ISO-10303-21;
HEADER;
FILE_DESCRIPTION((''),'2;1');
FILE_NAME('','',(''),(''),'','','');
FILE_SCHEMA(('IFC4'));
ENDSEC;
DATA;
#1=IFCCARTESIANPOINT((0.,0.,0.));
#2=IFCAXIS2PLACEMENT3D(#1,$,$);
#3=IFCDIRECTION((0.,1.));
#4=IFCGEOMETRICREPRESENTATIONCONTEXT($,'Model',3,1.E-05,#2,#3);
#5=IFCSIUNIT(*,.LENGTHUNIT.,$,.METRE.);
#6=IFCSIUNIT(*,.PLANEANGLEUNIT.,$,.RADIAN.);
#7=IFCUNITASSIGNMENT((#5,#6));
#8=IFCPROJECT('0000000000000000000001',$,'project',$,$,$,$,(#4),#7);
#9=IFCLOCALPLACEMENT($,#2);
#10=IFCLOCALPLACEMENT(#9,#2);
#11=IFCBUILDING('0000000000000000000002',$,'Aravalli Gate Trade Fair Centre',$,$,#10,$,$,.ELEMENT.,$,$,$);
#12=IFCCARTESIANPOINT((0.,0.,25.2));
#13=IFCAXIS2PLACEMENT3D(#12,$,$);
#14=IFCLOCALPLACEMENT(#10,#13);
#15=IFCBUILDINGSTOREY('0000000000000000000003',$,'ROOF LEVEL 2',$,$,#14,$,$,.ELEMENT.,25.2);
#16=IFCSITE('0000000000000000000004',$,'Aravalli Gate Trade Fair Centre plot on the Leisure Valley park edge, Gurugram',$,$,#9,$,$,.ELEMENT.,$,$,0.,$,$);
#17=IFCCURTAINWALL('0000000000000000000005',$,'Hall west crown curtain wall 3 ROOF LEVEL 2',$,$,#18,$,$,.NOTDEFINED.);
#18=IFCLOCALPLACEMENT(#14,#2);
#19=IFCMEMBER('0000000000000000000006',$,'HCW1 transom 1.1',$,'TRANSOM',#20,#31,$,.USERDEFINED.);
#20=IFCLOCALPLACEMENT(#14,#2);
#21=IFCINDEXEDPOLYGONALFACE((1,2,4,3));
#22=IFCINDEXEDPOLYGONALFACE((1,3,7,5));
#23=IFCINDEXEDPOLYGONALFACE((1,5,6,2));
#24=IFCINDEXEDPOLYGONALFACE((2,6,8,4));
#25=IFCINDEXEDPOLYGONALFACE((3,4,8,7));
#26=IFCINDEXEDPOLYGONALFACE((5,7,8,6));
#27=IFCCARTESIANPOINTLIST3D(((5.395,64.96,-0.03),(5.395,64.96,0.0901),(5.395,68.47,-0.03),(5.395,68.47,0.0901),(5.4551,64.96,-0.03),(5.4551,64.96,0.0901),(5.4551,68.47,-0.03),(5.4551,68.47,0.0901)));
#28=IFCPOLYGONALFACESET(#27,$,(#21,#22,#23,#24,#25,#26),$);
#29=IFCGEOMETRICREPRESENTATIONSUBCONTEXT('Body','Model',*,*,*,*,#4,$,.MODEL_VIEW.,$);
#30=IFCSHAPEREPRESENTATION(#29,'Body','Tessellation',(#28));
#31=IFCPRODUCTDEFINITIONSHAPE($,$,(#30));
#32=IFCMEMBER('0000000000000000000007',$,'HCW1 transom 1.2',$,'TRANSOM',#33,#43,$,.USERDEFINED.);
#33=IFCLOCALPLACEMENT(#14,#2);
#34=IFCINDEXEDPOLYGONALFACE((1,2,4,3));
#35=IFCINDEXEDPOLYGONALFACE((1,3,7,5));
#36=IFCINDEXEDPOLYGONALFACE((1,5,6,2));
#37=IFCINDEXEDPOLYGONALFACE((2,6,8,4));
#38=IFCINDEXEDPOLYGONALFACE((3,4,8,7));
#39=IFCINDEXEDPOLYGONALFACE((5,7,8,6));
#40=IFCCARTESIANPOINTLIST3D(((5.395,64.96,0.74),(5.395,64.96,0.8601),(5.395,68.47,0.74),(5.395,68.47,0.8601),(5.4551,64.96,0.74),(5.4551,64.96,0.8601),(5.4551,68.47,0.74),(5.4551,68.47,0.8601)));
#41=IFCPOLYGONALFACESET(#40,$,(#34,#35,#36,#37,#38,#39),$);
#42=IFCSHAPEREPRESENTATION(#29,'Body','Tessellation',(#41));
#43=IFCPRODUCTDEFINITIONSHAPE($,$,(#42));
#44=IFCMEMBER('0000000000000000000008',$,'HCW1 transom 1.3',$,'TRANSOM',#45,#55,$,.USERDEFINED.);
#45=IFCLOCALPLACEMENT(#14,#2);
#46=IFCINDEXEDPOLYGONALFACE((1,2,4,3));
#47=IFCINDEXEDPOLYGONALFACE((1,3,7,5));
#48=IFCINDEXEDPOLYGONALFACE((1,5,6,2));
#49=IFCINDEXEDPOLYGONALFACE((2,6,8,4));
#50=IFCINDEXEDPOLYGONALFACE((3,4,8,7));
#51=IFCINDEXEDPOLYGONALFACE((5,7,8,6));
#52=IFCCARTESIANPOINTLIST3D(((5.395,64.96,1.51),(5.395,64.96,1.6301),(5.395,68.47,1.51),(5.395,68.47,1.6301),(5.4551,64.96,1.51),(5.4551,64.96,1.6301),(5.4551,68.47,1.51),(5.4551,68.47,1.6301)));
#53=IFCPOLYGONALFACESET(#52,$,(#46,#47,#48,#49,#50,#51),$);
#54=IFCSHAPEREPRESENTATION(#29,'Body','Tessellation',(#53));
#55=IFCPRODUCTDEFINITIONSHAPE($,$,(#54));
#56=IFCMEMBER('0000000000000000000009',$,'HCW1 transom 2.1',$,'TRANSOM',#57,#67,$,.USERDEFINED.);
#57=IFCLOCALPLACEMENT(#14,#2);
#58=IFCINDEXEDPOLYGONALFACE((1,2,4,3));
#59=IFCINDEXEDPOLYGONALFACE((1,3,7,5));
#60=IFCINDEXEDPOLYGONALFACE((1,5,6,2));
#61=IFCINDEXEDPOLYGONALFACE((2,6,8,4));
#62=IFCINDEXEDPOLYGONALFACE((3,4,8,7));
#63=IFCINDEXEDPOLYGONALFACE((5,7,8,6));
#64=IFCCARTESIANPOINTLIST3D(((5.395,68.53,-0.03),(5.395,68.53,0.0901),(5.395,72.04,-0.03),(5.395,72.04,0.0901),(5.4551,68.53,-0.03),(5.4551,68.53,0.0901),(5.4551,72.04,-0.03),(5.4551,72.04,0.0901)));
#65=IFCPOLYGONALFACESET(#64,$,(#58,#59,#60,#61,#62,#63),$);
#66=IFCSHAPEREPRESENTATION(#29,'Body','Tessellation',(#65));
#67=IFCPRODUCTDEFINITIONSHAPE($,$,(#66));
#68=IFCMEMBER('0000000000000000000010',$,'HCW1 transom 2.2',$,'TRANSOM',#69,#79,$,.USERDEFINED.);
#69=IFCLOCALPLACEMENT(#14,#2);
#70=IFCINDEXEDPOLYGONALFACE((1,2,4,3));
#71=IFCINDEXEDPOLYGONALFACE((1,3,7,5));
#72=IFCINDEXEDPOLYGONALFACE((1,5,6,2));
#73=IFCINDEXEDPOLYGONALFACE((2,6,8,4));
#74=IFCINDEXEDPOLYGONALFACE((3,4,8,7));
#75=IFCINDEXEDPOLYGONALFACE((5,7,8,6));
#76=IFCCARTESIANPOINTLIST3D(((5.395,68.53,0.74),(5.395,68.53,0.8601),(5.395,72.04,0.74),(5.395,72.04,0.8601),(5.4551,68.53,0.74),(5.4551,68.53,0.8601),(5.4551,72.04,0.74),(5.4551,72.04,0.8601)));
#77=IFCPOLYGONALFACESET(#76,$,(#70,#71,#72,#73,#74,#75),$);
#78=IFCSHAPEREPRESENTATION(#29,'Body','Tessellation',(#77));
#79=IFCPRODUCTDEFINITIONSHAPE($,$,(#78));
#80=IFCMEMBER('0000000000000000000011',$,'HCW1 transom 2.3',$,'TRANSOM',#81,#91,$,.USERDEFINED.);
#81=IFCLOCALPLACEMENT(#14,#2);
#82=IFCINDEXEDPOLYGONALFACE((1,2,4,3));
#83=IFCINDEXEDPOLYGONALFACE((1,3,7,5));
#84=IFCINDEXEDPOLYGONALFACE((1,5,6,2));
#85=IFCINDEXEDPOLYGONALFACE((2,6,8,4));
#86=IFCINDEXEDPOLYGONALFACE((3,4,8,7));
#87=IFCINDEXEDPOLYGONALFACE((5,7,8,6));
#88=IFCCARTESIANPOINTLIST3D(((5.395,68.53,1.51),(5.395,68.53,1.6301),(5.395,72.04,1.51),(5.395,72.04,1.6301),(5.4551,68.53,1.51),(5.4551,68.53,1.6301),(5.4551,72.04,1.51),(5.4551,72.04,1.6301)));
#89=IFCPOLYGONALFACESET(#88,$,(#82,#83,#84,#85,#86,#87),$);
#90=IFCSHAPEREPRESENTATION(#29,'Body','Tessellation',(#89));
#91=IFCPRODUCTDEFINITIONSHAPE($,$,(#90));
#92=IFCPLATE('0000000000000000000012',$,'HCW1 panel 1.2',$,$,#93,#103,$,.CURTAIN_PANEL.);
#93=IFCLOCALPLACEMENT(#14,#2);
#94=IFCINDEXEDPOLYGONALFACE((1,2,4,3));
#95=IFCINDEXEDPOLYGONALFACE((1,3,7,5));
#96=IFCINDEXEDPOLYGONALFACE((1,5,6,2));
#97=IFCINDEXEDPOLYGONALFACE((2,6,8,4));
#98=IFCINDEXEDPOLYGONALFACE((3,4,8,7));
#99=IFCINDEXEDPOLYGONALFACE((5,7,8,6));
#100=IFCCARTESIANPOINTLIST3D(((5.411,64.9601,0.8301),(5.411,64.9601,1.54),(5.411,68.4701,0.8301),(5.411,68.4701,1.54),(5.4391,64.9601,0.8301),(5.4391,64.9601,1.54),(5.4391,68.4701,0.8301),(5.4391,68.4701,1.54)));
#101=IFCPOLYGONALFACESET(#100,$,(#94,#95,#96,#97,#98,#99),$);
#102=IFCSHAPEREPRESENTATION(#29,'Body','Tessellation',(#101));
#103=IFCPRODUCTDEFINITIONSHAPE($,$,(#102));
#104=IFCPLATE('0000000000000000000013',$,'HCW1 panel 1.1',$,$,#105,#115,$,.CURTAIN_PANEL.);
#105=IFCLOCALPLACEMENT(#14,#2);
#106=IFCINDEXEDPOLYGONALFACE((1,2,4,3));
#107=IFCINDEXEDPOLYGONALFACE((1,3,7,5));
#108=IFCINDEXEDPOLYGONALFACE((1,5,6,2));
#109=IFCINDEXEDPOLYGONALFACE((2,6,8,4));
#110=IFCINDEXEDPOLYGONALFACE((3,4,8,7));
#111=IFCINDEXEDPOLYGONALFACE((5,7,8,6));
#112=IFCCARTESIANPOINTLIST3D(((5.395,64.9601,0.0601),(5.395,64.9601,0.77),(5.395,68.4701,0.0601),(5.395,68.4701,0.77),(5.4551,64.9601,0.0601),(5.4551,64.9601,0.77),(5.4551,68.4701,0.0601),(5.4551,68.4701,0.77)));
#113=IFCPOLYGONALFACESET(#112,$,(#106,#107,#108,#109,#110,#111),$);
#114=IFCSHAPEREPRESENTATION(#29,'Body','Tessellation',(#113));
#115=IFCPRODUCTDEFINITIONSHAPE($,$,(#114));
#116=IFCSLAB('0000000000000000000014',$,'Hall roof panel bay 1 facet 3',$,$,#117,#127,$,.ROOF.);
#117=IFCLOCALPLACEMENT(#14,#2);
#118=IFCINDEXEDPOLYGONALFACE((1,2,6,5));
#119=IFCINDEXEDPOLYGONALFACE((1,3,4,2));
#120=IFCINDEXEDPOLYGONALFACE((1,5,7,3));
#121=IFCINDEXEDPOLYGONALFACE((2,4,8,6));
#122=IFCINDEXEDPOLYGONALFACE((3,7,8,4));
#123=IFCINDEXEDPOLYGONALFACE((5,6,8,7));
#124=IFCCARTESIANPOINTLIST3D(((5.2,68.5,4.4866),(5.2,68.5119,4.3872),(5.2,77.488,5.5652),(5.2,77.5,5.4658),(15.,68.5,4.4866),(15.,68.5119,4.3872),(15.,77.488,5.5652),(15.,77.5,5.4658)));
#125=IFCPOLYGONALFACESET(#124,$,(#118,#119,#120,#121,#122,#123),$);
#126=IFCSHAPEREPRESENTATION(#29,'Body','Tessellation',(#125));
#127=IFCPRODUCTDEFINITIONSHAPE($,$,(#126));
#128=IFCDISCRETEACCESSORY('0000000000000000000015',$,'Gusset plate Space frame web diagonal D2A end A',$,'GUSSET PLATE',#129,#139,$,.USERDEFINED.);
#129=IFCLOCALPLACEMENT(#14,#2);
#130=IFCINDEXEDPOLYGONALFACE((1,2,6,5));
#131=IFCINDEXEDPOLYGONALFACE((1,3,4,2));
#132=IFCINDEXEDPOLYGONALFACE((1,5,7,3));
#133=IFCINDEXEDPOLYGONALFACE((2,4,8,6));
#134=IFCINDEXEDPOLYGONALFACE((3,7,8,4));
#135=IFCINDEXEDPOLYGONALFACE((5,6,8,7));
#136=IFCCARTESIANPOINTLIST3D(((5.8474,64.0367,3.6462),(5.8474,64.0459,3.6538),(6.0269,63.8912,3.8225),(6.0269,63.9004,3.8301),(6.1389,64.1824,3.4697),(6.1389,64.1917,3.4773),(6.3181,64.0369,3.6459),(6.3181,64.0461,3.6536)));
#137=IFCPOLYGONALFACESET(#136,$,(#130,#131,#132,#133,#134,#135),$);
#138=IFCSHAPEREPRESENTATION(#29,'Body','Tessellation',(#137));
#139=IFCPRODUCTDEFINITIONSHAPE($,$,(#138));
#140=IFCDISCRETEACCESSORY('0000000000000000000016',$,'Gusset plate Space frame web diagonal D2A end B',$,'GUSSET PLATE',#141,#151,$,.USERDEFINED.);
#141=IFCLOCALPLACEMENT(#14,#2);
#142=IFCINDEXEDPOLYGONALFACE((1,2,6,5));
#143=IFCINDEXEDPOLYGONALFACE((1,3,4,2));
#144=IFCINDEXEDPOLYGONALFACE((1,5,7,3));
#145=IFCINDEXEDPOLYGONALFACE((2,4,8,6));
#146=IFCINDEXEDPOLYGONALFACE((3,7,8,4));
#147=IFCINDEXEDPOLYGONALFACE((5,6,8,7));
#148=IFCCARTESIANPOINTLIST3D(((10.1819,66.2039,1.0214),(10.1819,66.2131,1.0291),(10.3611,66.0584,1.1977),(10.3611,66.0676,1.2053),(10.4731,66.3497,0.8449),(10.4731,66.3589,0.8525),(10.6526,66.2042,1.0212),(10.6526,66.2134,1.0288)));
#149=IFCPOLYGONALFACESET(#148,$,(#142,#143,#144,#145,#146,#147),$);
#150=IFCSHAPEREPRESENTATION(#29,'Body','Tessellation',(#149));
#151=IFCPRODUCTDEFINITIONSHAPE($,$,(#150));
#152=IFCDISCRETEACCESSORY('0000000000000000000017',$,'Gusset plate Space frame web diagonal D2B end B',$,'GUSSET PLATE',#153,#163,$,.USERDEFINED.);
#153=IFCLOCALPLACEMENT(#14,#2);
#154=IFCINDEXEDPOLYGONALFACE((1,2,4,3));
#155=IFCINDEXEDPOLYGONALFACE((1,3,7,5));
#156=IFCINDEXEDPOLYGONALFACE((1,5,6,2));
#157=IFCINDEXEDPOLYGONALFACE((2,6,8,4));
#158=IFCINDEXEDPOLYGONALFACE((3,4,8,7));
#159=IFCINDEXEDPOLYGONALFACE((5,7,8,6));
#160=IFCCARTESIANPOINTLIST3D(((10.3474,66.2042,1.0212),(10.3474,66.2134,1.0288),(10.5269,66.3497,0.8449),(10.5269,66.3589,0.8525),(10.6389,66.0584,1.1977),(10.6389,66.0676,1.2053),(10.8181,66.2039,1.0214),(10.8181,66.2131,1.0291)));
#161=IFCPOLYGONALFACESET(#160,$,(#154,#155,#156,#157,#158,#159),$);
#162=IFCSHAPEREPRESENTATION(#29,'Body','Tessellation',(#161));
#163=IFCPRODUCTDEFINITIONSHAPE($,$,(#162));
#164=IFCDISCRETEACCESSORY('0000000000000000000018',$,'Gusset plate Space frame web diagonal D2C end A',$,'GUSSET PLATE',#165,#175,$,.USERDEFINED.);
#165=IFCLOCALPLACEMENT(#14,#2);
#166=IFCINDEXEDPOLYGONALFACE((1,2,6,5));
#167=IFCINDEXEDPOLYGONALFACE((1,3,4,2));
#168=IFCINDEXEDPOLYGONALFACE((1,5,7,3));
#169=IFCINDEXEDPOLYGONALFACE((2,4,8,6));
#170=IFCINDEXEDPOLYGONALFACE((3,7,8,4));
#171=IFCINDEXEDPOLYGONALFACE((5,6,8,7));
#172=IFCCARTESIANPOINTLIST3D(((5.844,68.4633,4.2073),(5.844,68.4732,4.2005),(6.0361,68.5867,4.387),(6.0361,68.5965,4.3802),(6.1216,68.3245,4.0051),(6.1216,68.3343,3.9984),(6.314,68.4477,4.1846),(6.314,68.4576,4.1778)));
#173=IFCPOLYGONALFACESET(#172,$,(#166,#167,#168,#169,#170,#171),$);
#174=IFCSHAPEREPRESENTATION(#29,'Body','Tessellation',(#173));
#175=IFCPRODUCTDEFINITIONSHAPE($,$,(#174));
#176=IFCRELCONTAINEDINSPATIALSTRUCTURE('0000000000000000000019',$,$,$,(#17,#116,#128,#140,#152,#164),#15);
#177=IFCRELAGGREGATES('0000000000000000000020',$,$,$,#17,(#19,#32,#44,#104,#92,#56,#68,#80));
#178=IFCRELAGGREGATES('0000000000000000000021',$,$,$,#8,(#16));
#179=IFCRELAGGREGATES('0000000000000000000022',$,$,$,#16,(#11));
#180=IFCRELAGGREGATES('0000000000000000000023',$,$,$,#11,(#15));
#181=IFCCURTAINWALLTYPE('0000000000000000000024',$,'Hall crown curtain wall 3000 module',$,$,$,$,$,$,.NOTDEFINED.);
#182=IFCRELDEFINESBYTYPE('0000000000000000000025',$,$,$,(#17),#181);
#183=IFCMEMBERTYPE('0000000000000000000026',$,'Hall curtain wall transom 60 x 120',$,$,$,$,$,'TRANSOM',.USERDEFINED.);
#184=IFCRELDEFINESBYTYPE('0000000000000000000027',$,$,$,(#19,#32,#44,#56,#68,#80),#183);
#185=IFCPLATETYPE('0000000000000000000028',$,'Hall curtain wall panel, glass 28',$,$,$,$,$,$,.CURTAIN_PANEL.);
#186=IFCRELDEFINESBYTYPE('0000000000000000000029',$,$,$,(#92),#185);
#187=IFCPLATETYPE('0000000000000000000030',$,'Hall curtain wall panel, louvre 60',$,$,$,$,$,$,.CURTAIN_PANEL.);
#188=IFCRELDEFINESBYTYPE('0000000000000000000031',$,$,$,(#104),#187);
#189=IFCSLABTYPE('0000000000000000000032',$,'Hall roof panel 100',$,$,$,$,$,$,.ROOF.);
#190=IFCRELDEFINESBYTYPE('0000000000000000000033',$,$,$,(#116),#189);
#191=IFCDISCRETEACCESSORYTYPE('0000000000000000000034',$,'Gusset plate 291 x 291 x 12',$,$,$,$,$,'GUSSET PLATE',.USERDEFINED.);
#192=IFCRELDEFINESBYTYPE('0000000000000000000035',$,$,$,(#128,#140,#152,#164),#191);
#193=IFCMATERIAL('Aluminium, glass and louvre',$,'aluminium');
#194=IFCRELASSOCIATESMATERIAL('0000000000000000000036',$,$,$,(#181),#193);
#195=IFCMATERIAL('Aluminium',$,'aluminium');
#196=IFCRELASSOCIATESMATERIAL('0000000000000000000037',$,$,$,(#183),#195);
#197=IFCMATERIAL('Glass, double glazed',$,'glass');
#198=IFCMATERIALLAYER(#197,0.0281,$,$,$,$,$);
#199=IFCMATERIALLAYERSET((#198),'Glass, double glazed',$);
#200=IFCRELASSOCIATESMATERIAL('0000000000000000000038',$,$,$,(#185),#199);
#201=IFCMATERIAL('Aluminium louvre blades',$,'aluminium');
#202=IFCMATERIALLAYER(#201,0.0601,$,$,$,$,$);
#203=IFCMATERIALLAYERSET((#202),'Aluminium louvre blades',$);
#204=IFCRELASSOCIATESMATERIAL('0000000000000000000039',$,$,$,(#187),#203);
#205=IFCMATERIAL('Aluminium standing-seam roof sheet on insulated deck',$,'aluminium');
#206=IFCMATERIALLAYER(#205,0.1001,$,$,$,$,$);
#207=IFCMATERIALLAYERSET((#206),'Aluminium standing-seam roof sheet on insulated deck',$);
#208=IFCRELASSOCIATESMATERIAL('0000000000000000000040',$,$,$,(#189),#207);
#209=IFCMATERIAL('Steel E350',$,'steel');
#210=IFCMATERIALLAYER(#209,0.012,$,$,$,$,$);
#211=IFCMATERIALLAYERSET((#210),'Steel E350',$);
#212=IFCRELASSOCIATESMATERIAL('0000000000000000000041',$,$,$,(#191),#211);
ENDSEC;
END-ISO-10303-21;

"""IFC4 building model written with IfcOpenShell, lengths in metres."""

from ifc_helpers import new_model, si_unit, direction, frame, origin, origin_2d, place, context, subcontext, project, spatial, polyline, rectangle, outline, extrude, material, layer, layer_set, material_profile, profile_set, type_object, element, aggregate, save


model = new_model("IFC4")

# Units and contexts
model_context = context("Model", 3, precision=1e-05, world=origin(), true_north=direction((0.0, 1.0)))
body_context = subcontext(model_context, "Body", "Model", "MODEL_VIEW")
ifc_project = project(units=[si_unit("LENGTHUNIT", "METRE"), si_unit("PLANEANGLEUNIT", "RADIAN")], contexts=[model_context])

# Site, building, storey
site_placement = place(None, origin())
site = spatial("IfcSite", under=ifc_project, at=site_placement, Name="Aravalli Gate Trade Fair Centre plot on the Leisure Valley park edge, Gurugram", CompositionType="ELEMENT", RefElevation=0.0)
building_placement = place(site_placement, origin())
building = spatial("IfcBuilding", under=site, at=building_placement, Name="Aravalli Gate Trade Fair Centre", CompositionType="ELEMENT")
storey_placement = place(building_placement, frame((0.0, 0.0, 25.2)))
storey = spatial("IfcBuildingStorey", under=building, at=storey_placement, Name="ROOF LEVEL 2", CompositionType="ELEMENT", Elevation=25.2)

# Shared definitions
ifc_material_1 = material(Name="Steel E350", Category="steel")

# Curtain wall, members, plates
ifc_material_2 = material(Name="Aluminium, glass and louvre", Category="aluminium")
curtain_wall_type = type_object("IfcCurtainWallType", Name="Hall crown curtain wall 3000 module", PredefinedType="NOTDEFINED", material=ifc_material_2)
curtain_wall_placement = place(storey_placement, origin())
curtain_wall = element("IfcCurtainWall", 1, at=curtain_wall_placement, inside=storey, type_object=curtain_wall_type, Name="Hall west crown curtain wall 3 ROOF LEVEL 2", PredefinedType="NOTDEFINED")
ifc_material_3 = material(Name="Aluminium", Category="aluminium")
ifc_material_profile_1 = material_profile(ifc_material_3, rectangle(XDim=0.0601, YDim=0.1201, at=origin_2d()), Name="Hall curtain wall transom 60 x 120")
ifc_profile_set_1 = profile_set([ifc_material_profile_1], Name="Aluminium")
member_type_1 = type_object("IfcMemberType", Name="Hall curtain wall transom 60 x 120", ElementType="TRANSOM", PredefinedType="USERDEFINED", material=ifc_profile_set_1)
member_1_placement = place(storey_placement, frame((5.425, 64.96, 0.03), z_axis=(0.0, 1.0, 0.0), x_axis=(-1.0, 0.0, 0.0)))
member_1 = element("IfcMember", 2, at=member_1_placement, type_object=member_type_1, Name="HCW1 transom 1.1", ObjectType="TRANSOM", PredefinedType="USERDEFINED", context=body_context, shape_type="SweptSolid", body=[
    extrude(rectangle(XDim=0.0601, YDim=0.1201, at=origin_2d()), origin(), (0.0, 0.0, 1.0), 3.51),
])
member_2_placement = place(storey_placement, frame((5.425, 64.96, 0.8), z_axis=(0.0, 1.0, 0.0), x_axis=(-1.0, 0.0, 0.0)))
member_2 = element("IfcMember", 3, at=member_2_placement, type_object=member_type_1, Name="HCW1 transom 1.2", ObjectType="TRANSOM", PredefinedType="USERDEFINED", context=body_context, shape_type="SweptSolid", body=[
    extrude(rectangle(XDim=0.0601, YDim=0.1201, at=origin_2d()), origin(), (0.0, 0.0, 1.0), 3.51),
])
member_3_placement = place(storey_placement, frame((5.425, 64.96, 1.5701), z_axis=(0.0, 1.0, 0.0), x_axis=(-1.0, 0.0, 0.0)))
member_3 = element("IfcMember", 4, at=member_3_placement, type_object=member_type_1, Name="HCW1 transom 1.3", ObjectType="TRANSOM", PredefinedType="USERDEFINED", context=body_context, shape_type="SweptSolid", body=[
    extrude(rectangle(XDim=0.0601, YDim=0.1201, at=origin_2d()), origin(), (0.0, 0.0, 1.0), 3.51),
])
member_4_placement = place(storey_placement, frame((5.425, 68.53, 0.03), z_axis=(0.0, 1.0, 0.0), x_axis=(-1.0, 0.0, 0.0)))
member_4 = element("IfcMember", 5, at=member_4_placement, type_object=member_type_1, Name="HCW1 transom 2.1", ObjectType="TRANSOM", PredefinedType="USERDEFINED", context=body_context, shape_type="SweptSolid", body=[
    extrude(rectangle(XDim=0.0601, YDim=0.1201, at=origin_2d()), origin(), (0.0, 0.0, 1.0), 3.51),
])
member_5_placement = place(storey_placement, frame((5.425, 68.53, 0.8), z_axis=(0.0, 1.0, 0.0), x_axis=(-1.0, 0.0, 0.0)))
member_5 = element("IfcMember", 6, at=member_5_placement, type_object=member_type_1, Name="HCW1 transom 2.2", ObjectType="TRANSOM", PredefinedType="USERDEFINED", context=body_context, shape_type="SweptSolid", body=[
    extrude(rectangle(XDim=0.0601, YDim=0.1201, at=origin_2d()), origin(), (0.0, 0.0, 1.0), 3.51),
])
member_6_placement = place(storey_placement, frame((5.425, 68.53, 1.5701), z_axis=(0.0, 1.0, 0.0), x_axis=(-1.0, 0.0, 0.0)))
member_6 = element("IfcMember", 7, at=member_6_placement, type_object=member_type_1, Name="HCW1 transom 2.3", ObjectType="TRANSOM", PredefinedType="USERDEFINED", context=body_context, shape_type="SweptSolid", body=[
    extrude(rectangle(XDim=0.0601, YDim=0.1201, at=origin_2d()), origin(), (0.0, 0.0, 1.0), 3.51),
])
ifc_material_4 = material(Name="Glass, double glazed", Category="glass")
ifc_layer_1 = layer(ifc_material_4, 0.0281)
ifc_layer_set_1 = layer_set([ifc_layer_1], Name="Glass, double glazed")
plate_type_1 = type_object("IfcPlateType", Name="Hall curtain wall panel, glass 28", PredefinedType="CURTAIN_PANEL", material=ifc_layer_set_1)
plate_1_placement = place(storey_placement, frame((5.425, 66.7151, 0.8301), z_axis=(0.0, 0.0, 1.0), x_axis=(0.0, 1.0, 0.0)))
plate_1 = element("IfcPlate", 8, at=plate_1_placement, type_object=plate_type_1, Name="HCW1 panel 1.2", PredefinedType="CURTAIN_PANEL", context=body_context, shape_type="SweptSolid", body=[
    extrude(rectangle(XDim=3.51, YDim=0.0281, at=origin_2d()), origin(), (0.0, 0.0, 1.0), 0.71),
])
ifc_material_5 = material(Name="Aluminium louvre blades", Category="aluminium")
ifc_layer_2 = layer(ifc_material_5, 0.0601)
ifc_layer_set_2 = layer_set([ifc_layer_2], Name="Aluminium louvre blades")
plate_type_2 = type_object("IfcPlateType", Name="Hall curtain wall panel, louvre 60", PredefinedType="CURTAIN_PANEL", material=ifc_layer_set_2)
plate_2_placement = place(storey_placement, frame((5.425, 66.7151, 0.0601), z_axis=(0.0, 0.0, 1.0), x_axis=(0.0, 1.0, 0.0)))
plate_2 = element("IfcPlate", 9, at=plate_2_placement, type_object=plate_type_2, Name="HCW1 panel 1.1", PredefinedType="CURTAIN_PANEL", context=body_context, shape_type="SweptSolid", body=[
    extrude(rectangle(XDim=3.51, YDim=0.0601, at=origin_2d()), origin(), (0.0, 0.0, 1.0), 0.71),
])
aggregate(curtain_wall, [member_1, member_2, member_3, plate_2, plate_1, member_4, member_5, member_6])

# Slab
ifc_material_6 = material(Name="Aluminium standing-seam roof sheet on insulated deck", Category="aluminium")
ifc_layer_3 = layer(ifc_material_6, 0.1001)
ifc_layer_set_3 = layer_set([ifc_layer_3], Name="Aluminium standing-seam roof sheet on insulated deck")
slab_type = type_object("IfcSlabType", Name="Hall roof panel 100", PredefinedType="ROOF", material=ifc_layer_set_3)
slab_placement = place(storey_placement, frame((5.2, 68.5, 4.4866), z_axis=(0.0, -0.119151, 0.992876), x_axis=(1.0, 0.0, 0.0)))
element("IfcSlab", 10, at=slab_placement, inside=storey, type_object=slab_type, Name="Hall roof panel bay 1 facet 3", PredefinedType="ROOF", context=body_context, shape_type="SweptSolid", body=[
    extrude(outline(polyline([(0.0, 0.0), (9.8, 0.0), (9.8, 9.0525), (0.0, 9.0525), (0.0, 0.0)])), origin(), (0.0, 0.0, -1.0), 0.1001),
])

# Discrete accessories
ifc_layer_4 = layer(ifc_material_1, 0.012)
ifc_layer_set_4 = layer_set([ifc_layer_4], Name="Steel E350")
discrete_accessory_type = type_object("IfcDiscreteAccessoryType", Name="Gusset plate 291 x 291 x 12", ElementType="GUSSET PLATE", PredefinedType="USERDEFINED", material=ifc_layer_set_4)
discrete_accessory_1_placement = place(storey_placement, frame((6.1389, 64.1917, 3.4773), z_axis=(-0.00007, 0.771155, 0.636648), x_axis=(-0.786484, -0.393242, 0.476238)))
element("IfcDiscreteAccessory", 11, at=discrete_accessory_1_placement, inside=storey, type_object=discrete_accessory_type, Name="Gusset plate Space frame web diagonal D2A end A", ObjectType="GUSSET PLATE", PredefinedType="USERDEFINED", context=body_context, shape_type="SweptSolid", body=[
    extrude(outline(polyline([(0.0, 0.0), (0.3706, 0.0), (0.3707, 0.2906), (0.0002, 0.2904), (0.0, 0.0)])), origin(), (0.0, 0.0, -1.0), 0.012),
])
discrete_accessory_2_placement = place(storey_placement, frame((10.1819, 66.2131, 1.0291), z_axis=(-0.00007, 0.771155, 0.636648), x_axis=(0.786233, 0.393446, -0.476485)))
element("IfcDiscreteAccessory", 12, at=discrete_accessory_2_placement, inside=storey, type_object=discrete_accessory_type, Name="Gusset plate Space frame web diagonal D2A end B", ObjectType="GUSSET PLATE", PredefinedType="USERDEFINED", context=body_context, shape_type="SweptSolid", body=[
    extrude(outline(polyline([(0.0, 0.0), (0.3704, 0.0), (0.3703, -0.2906), (-0.0003, -0.2904), (0.0, 0.0)])), origin(), (0.0, 0.0, -1.0), 0.012),
])
discrete_accessory_3_placement = place(storey_placement, frame((10.6389, 66.0676, 1.2053), z_axis=(0.00007, 0.771155, 0.636648), x_axis=(-0.786484, 0.393242, -0.476238)))
element("IfcDiscreteAccessory", 13, at=discrete_accessory_3_placement, inside=storey, type_object=discrete_accessory_type, Name="Gusset plate Space frame web diagonal D2B end B", ObjectType="GUSSET PLATE", PredefinedType="USERDEFINED", context=body_context, shape_type="SweptSolid", body=[
    extrude(outline(polyline([(0.0, 0.0), (0.3706, 0.0), (0.3707, -0.2906), (0.0002, -0.2904), (0.0, 0.0)])), origin(), (0.0, 0.0, -1.0), 0.012),
])
discrete_accessory_4_placement = place(storey_placement, frame((6.1216, 68.3245, 4.0051), z_axis=(-0.000059, -0.824356, 0.566072), x_axis=(-0.749371, 0.374861, 0.545822)))
element("IfcDiscreteAccessory", 14, at=discrete_accessory_4_placement, inside=storey, type_object=discrete_accessory_type, Name="Gusset plate Space frame web diagonal D2C end A", ObjectType="GUSSET PLATE", PredefinedType="USERDEFINED", context=body_context, shape_type="SweptSolid", body=[
    extrude(outline(polyline([(0.0, 0.0), (0.3704, 0.0), (0.3707, -0.2905), (0.0, -0.2905), (0.0, 0.0)])), origin(), (0.0, 0.0, -1.0), 0.012),
])

save(model, "model.ifc")
